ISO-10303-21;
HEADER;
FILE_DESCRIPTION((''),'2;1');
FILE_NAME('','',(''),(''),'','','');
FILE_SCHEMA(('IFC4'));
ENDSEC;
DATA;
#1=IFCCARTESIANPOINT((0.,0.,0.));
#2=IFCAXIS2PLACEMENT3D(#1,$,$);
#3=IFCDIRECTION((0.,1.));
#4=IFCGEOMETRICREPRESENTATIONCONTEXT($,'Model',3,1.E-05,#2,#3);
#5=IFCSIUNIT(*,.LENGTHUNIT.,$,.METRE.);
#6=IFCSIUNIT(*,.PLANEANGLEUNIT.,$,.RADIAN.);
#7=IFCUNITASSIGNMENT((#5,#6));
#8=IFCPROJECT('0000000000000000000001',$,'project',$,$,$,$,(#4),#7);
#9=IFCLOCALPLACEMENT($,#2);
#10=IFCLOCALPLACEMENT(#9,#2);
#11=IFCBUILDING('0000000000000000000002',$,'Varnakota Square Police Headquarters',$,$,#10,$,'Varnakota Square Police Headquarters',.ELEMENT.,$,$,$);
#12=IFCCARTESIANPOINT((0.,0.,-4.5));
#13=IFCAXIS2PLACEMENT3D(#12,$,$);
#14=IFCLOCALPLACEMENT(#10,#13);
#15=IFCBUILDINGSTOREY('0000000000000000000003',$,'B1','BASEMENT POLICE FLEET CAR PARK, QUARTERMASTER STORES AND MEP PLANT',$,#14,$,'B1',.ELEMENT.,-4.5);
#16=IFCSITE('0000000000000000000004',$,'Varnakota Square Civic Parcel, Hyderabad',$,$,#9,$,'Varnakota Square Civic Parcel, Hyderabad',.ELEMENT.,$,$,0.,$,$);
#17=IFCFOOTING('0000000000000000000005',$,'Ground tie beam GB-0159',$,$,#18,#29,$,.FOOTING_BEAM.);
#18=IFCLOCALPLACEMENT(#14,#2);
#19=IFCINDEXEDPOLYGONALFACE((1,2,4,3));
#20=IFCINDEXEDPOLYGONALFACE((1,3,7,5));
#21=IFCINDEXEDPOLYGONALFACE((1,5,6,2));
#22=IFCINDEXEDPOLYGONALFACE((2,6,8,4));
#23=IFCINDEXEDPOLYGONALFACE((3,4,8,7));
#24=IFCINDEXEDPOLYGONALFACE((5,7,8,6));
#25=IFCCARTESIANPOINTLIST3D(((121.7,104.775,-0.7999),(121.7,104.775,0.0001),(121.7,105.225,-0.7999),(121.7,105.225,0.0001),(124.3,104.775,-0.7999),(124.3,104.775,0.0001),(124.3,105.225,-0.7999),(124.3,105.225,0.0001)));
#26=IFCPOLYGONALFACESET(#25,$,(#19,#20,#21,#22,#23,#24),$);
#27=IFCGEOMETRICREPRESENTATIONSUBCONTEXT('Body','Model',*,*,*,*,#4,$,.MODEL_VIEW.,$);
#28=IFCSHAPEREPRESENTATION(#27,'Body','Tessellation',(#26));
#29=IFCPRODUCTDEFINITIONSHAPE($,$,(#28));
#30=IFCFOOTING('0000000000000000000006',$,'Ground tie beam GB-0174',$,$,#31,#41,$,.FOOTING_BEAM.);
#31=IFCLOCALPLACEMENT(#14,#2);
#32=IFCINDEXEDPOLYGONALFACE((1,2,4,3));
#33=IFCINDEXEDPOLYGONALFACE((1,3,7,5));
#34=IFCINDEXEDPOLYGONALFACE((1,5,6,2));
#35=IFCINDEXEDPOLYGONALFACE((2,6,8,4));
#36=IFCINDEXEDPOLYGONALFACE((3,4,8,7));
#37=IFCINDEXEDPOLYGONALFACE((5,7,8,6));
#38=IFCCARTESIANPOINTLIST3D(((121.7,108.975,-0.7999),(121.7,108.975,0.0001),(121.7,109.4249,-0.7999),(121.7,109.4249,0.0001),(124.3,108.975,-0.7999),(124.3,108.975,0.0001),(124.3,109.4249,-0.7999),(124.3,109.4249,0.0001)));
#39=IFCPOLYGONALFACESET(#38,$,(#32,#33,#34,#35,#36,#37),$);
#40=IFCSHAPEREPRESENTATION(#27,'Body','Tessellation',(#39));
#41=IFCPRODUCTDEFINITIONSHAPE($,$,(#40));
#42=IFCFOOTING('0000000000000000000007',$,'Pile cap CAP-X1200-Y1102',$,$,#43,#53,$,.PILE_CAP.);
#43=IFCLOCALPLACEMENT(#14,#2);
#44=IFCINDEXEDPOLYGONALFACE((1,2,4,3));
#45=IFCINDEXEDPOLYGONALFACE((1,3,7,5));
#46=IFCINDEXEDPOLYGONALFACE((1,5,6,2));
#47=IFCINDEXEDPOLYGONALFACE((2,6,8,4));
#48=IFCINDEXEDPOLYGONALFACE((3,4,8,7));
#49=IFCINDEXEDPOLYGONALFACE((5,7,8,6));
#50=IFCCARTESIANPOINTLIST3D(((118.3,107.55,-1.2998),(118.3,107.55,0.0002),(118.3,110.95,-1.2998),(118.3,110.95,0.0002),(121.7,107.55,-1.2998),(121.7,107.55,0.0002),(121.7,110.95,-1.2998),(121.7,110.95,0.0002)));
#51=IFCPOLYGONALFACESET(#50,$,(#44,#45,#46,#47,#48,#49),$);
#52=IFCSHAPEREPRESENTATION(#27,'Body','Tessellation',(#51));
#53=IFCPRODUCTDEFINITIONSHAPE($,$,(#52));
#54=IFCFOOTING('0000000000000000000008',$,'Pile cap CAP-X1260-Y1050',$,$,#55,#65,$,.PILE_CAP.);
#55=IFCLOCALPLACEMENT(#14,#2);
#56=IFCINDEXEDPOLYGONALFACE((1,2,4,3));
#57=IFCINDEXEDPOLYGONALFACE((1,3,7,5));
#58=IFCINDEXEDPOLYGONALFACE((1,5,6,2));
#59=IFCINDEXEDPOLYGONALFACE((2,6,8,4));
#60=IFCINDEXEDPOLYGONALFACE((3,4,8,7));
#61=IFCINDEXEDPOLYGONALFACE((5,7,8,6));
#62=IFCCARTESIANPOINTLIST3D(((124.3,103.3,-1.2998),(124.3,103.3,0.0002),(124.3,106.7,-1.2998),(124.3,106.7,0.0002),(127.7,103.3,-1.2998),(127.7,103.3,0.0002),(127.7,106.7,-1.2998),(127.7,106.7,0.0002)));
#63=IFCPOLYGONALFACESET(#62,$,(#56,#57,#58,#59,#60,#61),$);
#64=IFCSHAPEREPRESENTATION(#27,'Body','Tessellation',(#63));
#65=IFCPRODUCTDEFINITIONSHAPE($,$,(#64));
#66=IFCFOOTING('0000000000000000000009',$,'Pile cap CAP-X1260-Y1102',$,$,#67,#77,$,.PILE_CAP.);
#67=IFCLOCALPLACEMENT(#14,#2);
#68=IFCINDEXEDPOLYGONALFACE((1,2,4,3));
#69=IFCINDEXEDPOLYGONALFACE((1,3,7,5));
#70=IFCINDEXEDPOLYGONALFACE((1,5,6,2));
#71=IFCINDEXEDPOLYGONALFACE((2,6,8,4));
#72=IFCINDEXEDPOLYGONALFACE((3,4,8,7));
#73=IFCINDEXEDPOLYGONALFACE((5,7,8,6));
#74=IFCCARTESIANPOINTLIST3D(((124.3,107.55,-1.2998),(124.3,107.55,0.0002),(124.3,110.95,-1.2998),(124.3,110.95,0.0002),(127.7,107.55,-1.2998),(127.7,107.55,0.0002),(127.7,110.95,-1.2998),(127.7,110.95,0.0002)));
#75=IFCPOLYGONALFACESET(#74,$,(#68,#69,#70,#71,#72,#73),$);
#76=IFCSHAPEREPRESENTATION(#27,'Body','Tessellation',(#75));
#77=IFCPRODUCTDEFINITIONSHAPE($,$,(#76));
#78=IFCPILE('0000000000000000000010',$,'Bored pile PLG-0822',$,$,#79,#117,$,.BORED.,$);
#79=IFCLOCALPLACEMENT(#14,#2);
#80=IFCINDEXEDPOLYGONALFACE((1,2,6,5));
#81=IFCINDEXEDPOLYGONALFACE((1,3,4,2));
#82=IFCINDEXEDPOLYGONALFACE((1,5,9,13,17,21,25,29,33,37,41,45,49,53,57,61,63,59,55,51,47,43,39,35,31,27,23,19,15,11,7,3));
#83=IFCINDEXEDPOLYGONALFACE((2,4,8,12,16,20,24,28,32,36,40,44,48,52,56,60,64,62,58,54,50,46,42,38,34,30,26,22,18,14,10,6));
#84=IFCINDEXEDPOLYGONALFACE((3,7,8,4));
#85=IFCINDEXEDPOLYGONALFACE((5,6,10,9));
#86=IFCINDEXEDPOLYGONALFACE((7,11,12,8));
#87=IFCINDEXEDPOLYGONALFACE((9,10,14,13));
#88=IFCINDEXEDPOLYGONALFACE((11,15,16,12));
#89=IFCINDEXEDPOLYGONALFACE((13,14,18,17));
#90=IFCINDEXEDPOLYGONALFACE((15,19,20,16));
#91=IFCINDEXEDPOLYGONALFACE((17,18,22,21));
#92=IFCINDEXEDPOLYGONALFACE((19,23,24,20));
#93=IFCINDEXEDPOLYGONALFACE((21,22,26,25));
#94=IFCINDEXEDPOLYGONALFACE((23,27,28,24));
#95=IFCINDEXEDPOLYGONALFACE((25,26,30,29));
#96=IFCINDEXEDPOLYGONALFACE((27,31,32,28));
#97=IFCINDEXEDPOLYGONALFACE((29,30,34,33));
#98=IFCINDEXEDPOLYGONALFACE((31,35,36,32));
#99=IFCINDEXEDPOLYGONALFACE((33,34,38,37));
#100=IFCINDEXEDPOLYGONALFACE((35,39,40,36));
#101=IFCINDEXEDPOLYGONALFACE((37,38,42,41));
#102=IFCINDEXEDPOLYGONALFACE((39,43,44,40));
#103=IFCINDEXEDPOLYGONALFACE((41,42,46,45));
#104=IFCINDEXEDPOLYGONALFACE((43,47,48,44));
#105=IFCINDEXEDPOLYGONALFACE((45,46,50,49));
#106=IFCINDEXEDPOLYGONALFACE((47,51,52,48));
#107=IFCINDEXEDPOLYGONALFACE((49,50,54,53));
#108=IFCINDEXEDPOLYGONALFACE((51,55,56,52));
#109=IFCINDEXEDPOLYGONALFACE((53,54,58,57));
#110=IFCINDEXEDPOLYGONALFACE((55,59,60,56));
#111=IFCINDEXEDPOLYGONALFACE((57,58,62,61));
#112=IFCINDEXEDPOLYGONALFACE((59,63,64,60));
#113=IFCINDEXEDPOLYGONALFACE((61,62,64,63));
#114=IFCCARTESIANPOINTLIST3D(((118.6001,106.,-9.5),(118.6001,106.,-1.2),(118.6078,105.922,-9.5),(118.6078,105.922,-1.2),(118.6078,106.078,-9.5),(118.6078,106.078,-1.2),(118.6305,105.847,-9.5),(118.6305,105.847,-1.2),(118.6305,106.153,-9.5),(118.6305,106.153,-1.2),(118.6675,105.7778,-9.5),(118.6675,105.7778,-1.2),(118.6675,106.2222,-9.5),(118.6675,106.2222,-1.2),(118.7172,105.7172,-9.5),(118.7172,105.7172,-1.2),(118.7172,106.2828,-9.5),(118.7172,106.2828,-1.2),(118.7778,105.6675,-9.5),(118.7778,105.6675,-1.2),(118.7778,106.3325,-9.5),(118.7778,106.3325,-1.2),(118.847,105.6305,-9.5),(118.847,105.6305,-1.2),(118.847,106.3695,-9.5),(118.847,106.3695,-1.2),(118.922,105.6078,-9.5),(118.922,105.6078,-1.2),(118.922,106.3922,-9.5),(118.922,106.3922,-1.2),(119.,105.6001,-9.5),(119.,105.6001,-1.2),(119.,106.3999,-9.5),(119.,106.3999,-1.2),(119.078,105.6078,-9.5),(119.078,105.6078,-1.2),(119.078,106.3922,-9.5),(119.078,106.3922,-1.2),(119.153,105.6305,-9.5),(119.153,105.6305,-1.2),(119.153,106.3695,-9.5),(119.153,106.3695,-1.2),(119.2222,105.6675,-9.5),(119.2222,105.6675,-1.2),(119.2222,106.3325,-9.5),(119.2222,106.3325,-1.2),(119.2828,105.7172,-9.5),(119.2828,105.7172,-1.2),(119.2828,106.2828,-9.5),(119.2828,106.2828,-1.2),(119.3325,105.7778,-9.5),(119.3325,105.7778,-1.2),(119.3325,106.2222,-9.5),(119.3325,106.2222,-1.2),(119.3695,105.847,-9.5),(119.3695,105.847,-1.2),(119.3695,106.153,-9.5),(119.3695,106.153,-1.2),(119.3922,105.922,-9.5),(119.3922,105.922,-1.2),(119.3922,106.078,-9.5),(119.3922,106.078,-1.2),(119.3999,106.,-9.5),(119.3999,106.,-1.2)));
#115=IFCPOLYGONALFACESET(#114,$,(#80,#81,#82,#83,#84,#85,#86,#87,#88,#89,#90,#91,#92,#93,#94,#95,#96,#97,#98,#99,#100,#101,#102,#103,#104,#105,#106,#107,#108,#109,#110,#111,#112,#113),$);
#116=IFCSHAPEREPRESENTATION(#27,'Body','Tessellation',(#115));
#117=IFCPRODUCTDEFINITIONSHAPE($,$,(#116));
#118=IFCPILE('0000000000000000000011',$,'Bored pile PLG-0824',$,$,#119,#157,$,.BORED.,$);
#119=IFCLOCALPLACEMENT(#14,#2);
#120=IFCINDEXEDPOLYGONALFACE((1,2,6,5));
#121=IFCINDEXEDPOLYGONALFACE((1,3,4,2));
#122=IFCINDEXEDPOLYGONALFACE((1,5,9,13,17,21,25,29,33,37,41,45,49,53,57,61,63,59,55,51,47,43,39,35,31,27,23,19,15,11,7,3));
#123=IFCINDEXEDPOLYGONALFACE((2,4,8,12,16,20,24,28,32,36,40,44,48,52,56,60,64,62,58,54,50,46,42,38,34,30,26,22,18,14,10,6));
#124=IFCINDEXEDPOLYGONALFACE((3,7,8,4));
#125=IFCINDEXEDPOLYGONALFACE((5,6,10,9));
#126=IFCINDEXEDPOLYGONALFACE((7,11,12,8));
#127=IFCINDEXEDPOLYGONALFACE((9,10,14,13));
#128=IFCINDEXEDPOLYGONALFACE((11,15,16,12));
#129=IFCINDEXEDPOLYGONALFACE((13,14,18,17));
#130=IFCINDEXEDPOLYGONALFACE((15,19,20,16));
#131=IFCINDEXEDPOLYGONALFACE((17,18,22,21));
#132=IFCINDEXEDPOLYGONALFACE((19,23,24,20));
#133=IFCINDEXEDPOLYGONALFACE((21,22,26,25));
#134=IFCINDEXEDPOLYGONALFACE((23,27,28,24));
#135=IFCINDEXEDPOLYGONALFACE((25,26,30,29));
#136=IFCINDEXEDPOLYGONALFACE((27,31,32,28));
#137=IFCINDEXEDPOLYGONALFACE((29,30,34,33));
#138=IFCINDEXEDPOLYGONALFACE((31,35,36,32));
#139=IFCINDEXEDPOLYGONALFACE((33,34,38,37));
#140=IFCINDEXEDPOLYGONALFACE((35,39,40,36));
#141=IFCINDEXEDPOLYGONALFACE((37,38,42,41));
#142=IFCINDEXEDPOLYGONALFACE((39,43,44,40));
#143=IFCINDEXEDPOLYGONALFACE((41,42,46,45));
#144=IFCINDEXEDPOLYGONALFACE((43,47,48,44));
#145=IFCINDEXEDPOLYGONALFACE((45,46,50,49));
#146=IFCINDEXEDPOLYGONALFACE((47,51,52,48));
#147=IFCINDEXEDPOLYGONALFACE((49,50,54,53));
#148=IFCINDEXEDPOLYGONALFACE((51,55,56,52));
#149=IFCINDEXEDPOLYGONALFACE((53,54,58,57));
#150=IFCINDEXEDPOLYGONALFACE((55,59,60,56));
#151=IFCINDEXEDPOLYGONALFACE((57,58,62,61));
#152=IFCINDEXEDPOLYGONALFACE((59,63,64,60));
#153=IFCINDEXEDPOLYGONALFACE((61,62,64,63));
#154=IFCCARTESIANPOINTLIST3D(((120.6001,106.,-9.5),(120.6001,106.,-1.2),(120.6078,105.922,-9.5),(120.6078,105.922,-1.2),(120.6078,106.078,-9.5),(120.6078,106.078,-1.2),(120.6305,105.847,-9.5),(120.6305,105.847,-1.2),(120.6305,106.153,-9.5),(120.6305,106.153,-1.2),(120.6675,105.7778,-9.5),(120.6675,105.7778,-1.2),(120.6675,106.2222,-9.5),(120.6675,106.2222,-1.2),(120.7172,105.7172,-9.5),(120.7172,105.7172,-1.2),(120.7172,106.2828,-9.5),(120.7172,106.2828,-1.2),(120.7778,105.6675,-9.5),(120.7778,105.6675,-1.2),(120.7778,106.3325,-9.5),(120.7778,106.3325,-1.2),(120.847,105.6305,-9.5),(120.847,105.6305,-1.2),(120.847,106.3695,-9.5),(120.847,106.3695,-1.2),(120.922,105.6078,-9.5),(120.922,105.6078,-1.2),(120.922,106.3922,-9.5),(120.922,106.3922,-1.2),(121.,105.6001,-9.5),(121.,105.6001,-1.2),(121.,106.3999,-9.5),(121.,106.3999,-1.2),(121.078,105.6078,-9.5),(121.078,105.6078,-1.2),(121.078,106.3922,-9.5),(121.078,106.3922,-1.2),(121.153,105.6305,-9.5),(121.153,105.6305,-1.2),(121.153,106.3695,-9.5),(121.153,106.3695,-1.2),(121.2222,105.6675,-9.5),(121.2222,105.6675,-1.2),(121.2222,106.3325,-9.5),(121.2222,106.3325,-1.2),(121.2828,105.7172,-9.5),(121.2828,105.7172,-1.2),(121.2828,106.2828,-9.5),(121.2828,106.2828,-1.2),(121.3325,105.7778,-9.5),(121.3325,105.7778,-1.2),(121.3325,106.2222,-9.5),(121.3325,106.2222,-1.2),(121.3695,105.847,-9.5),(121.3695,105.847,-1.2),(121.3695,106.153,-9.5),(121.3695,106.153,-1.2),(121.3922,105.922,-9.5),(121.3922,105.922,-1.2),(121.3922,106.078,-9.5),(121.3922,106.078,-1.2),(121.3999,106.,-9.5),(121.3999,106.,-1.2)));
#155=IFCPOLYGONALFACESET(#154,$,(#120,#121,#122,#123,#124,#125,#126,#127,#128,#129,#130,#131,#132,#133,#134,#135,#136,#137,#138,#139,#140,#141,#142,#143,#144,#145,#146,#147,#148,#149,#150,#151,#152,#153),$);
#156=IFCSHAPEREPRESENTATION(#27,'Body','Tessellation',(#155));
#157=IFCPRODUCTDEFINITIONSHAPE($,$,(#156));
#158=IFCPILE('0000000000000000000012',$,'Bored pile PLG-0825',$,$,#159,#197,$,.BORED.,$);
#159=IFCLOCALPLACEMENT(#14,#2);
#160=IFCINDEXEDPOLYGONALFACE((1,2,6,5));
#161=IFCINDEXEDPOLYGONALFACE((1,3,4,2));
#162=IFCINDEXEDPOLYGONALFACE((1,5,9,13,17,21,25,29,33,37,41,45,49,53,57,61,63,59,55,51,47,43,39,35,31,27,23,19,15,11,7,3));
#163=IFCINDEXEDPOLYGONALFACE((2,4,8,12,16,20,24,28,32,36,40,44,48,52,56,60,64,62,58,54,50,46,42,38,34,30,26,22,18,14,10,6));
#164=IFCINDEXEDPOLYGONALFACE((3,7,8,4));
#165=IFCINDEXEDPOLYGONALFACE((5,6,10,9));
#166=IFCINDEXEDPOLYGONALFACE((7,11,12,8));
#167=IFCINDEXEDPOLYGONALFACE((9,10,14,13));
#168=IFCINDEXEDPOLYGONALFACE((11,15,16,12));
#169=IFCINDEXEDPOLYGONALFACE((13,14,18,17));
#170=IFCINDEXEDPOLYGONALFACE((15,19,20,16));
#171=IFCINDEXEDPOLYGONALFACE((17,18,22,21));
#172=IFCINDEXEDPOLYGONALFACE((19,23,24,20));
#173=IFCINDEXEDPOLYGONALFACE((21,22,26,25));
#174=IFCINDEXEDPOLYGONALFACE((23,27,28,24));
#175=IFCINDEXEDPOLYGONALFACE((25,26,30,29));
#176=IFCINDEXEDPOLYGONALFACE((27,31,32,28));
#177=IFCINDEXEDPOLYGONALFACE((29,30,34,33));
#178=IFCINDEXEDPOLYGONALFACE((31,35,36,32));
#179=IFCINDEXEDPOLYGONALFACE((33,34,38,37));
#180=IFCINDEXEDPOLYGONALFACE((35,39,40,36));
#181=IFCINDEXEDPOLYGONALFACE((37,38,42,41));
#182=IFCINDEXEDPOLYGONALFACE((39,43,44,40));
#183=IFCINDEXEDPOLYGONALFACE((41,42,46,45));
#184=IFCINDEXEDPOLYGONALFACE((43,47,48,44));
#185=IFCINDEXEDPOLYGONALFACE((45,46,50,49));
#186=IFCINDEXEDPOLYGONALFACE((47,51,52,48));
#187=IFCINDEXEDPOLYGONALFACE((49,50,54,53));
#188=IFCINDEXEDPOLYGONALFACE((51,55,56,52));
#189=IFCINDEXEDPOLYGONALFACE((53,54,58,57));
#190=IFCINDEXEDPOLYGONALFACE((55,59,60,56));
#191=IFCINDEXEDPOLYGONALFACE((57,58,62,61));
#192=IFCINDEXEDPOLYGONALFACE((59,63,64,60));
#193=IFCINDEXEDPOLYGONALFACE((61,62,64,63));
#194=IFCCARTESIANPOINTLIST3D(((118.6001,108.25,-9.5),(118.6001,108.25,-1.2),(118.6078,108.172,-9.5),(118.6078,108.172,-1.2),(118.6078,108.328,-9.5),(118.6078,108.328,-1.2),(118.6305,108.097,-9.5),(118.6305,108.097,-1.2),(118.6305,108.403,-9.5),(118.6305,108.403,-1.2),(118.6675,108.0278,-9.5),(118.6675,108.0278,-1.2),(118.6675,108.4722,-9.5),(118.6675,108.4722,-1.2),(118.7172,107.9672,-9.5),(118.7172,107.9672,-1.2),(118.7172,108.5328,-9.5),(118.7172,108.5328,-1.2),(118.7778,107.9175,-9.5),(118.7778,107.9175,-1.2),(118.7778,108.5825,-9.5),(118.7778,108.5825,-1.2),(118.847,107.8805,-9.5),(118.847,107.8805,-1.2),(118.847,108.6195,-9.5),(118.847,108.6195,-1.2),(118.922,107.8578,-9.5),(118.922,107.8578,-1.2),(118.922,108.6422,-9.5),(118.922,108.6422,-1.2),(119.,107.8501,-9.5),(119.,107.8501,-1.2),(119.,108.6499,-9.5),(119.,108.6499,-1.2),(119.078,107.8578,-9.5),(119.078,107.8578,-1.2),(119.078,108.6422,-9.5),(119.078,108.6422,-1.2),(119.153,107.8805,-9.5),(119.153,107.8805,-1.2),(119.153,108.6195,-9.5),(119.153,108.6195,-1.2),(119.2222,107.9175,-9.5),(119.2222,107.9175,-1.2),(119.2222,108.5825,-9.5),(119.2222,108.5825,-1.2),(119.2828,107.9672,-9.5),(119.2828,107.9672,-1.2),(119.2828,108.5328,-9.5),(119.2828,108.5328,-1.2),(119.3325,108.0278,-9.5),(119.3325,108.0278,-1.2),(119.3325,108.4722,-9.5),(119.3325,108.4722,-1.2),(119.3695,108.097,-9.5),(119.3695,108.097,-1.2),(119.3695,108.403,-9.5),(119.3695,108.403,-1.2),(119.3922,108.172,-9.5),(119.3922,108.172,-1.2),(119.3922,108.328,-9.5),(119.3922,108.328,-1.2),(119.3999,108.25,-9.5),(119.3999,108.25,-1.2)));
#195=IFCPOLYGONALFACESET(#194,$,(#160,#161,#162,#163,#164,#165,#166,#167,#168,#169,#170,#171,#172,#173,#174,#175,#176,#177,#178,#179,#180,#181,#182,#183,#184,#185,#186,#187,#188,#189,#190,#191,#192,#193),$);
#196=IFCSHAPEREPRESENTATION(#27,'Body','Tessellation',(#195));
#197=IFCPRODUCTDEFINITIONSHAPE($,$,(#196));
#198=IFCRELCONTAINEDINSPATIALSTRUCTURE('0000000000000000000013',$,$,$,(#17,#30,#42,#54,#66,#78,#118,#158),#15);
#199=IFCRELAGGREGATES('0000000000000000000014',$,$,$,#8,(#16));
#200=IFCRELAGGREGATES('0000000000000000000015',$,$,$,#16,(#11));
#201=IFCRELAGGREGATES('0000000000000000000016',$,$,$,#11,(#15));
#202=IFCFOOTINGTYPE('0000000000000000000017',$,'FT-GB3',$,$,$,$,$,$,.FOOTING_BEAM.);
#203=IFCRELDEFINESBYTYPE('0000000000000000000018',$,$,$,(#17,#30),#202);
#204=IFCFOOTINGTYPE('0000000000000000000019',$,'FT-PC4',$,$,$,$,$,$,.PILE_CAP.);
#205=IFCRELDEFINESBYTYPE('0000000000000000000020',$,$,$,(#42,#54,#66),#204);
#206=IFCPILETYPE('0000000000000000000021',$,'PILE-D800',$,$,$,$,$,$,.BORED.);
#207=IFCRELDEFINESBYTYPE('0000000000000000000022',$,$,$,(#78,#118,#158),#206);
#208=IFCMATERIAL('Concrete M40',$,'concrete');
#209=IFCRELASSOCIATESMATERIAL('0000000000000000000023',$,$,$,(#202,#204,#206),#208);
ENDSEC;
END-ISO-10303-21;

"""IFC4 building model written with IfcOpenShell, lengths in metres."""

from ifc_helpers import new_model, si_unit, direction, frame, origin, origin_2d, place, context, subcontext, project, spatial, rectangle, circle, extrude, material, material_profile, profile_set, type_object, element, save


model = new_model("IFC4")

# Units and contexts
model_context = context("Model", 3, precision=1e-05, world=origin(), true_north=direction((0.0, 1.0)))
body_context = subcontext(model_context, "Body", "Model", "MODEL_VIEW")
ifc_project = project(units=[si_unit("LENGTHUNIT", "METRE"), si_unit("PLANEANGLEUNIT", "RADIAN")], contexts=[model_context])

# Site, building, storey
site_placement = place(None, origin())
site = spatial("IfcSite", under=ifc_project, at=site_placement, Name="Varnakota Square Civic Parcel, Hyderabad", LongName="Varnakota Square Civic Parcel, Hyderabad", CompositionType="ELEMENT", RefElevation=0.0)
building_placement = place(site_placement, origin())
building = spatial("IfcBuilding", under=site, at=building_placement, Name="Varnakota Square Police Headquarters", LongName="Varnakota Square Police Headquarters", CompositionType="ELEMENT")
storey_placement = place(building_placement, frame((0.0, 0.0, -4.5)))
storey = spatial("IfcBuildingStorey", under=building, at=storey_placement, Name="B1", Description="BASEMENT POLICE FLEET CAR PARK, QUARTERMASTER STORES AND MEP PLANT", LongName="B1", CompositionType="ELEMENT", Elevation=-4.5)

# Footings
ifc_material_1 = material(Name="Concrete M40", Category="concrete")
ifc_material_profile_1 = material_profile(ifc_material_1, rectangle(XDim=0.45, YDim=0.8, at=origin_2d()), Name="GB 450x800")
ifc_profile_set_1 = profile_set([ifc_material_profile_1], Name="Concrete M40")
footing_type_1 = type_object("IfcFootingType", Name="FT-GB3", PredefinedType="FOOTING_BEAM", material=ifc_profile_set_1)
for number, where, z_axis, x_axis, name in (
    (1, (121.7, 105.0, -0.3999), (1.0, 0.0, 0.0), (0.0, 1.0, 0.0), "Ground tie beam GB-0159"),
    (2, (121.7, 109.2, -0.3999), (1.0, 0.0, 0.0), (0.0, 1.0, 0.0), "Ground tie beam GB-0174"),
):
    element("IfcFooting", number, at=place(storey_placement, frame(where, z_axis=z_axis, x_axis=x_axis)), inside=storey, type_object=footing_type_1, Name=name, PredefinedType="FOOTING_BEAM", context=body_context, shape_type="SweptSolid", body=[
        extrude(rectangle(XDim=0.45, YDim=0.8, at=origin_2d()), origin(), (0.0, 0.0, 1.0), 2.6001),
    ])
footing_type_2 = type_object("IfcFootingType", Name="FT-PC4", PredefinedType="PILE_CAP", material=ifc_material_1)
for number, where, z_axis, x_axis, name in (
    (3, (120.0, 109.25, -1.2998), (0.0, 0.0, 1.0), (1.0, 0.0, 0.0), "Pile cap CAP-X1200-Y1102"),
    (4, (126.0, 105.0, -1.2998), (0.0, 0.0, 1.0), (1.0, 0.0, 0.0), "Pile cap CAP-X1260-Y1050"),
    (5, (126.0, 109.25, -1.2998), (0.0, 0.0, 1.0), (1.0, 0.0, 0.0), "Pile cap CAP-X1260-Y1102"),
):
    element("IfcFooting", number, at=place(storey_placement, frame(where, z_axis=z_axis, x_axis=x_axis)), inside=storey, type_object=footing_type_2, Name=name, PredefinedType="PILE_CAP", context=body_context, shape_type="SweptSolid", body=[
        extrude(rectangle(XDim=3.3999, YDim=3.3999, at=origin_2d()), origin(), (0.0, 0.0, 1.0), 1.3),
    ])

# Piles
ifc_material_profile_2 = material_profile(ifc_material_1, circle(Radius=0.3999, at=origin_2d()), Name="BORED PILE 800")
ifc_profile_set_2 = profile_set([ifc_material_profile_2], Name="Concrete M40")
pile_type = type_object("IfcPileType", Name="PILE-D800", PredefinedType="BORED", material=ifc_profile_set_2)
for number, where, z_axis, x_axis, name in (
    (6, (119.0, 106.0, -1.2), (0.0, 0.0, -1.0), (1.0, 0.0, 0.0), "Bored pile PLG-0822"),
    (7, (121.0, 106.0, -1.2), (0.0, 0.0, -1.0), (1.0, 0.0, 0.0), "Bored pile PLG-0824"),
    (8, (119.0, 108.25, -1.2), (0.0, 0.0, -1.0), (1.0, 0.0, 0.0), "Bored pile PLG-0825"),
):
    element("IfcPile", number, at=place(storey_placement, frame(where, z_axis=z_axis, x_axis=x_axis)), inside=storey, type_object=pile_type, Name=name, PredefinedType="BORED", context=body_context, shape_type="SweptSolid", body=[
        extrude(circle(Radius=0.3999, at=origin_2d()), origin(), (0.0, 0.0, 1.0), 8.3),
    ])

save(model, "model.ifc")
